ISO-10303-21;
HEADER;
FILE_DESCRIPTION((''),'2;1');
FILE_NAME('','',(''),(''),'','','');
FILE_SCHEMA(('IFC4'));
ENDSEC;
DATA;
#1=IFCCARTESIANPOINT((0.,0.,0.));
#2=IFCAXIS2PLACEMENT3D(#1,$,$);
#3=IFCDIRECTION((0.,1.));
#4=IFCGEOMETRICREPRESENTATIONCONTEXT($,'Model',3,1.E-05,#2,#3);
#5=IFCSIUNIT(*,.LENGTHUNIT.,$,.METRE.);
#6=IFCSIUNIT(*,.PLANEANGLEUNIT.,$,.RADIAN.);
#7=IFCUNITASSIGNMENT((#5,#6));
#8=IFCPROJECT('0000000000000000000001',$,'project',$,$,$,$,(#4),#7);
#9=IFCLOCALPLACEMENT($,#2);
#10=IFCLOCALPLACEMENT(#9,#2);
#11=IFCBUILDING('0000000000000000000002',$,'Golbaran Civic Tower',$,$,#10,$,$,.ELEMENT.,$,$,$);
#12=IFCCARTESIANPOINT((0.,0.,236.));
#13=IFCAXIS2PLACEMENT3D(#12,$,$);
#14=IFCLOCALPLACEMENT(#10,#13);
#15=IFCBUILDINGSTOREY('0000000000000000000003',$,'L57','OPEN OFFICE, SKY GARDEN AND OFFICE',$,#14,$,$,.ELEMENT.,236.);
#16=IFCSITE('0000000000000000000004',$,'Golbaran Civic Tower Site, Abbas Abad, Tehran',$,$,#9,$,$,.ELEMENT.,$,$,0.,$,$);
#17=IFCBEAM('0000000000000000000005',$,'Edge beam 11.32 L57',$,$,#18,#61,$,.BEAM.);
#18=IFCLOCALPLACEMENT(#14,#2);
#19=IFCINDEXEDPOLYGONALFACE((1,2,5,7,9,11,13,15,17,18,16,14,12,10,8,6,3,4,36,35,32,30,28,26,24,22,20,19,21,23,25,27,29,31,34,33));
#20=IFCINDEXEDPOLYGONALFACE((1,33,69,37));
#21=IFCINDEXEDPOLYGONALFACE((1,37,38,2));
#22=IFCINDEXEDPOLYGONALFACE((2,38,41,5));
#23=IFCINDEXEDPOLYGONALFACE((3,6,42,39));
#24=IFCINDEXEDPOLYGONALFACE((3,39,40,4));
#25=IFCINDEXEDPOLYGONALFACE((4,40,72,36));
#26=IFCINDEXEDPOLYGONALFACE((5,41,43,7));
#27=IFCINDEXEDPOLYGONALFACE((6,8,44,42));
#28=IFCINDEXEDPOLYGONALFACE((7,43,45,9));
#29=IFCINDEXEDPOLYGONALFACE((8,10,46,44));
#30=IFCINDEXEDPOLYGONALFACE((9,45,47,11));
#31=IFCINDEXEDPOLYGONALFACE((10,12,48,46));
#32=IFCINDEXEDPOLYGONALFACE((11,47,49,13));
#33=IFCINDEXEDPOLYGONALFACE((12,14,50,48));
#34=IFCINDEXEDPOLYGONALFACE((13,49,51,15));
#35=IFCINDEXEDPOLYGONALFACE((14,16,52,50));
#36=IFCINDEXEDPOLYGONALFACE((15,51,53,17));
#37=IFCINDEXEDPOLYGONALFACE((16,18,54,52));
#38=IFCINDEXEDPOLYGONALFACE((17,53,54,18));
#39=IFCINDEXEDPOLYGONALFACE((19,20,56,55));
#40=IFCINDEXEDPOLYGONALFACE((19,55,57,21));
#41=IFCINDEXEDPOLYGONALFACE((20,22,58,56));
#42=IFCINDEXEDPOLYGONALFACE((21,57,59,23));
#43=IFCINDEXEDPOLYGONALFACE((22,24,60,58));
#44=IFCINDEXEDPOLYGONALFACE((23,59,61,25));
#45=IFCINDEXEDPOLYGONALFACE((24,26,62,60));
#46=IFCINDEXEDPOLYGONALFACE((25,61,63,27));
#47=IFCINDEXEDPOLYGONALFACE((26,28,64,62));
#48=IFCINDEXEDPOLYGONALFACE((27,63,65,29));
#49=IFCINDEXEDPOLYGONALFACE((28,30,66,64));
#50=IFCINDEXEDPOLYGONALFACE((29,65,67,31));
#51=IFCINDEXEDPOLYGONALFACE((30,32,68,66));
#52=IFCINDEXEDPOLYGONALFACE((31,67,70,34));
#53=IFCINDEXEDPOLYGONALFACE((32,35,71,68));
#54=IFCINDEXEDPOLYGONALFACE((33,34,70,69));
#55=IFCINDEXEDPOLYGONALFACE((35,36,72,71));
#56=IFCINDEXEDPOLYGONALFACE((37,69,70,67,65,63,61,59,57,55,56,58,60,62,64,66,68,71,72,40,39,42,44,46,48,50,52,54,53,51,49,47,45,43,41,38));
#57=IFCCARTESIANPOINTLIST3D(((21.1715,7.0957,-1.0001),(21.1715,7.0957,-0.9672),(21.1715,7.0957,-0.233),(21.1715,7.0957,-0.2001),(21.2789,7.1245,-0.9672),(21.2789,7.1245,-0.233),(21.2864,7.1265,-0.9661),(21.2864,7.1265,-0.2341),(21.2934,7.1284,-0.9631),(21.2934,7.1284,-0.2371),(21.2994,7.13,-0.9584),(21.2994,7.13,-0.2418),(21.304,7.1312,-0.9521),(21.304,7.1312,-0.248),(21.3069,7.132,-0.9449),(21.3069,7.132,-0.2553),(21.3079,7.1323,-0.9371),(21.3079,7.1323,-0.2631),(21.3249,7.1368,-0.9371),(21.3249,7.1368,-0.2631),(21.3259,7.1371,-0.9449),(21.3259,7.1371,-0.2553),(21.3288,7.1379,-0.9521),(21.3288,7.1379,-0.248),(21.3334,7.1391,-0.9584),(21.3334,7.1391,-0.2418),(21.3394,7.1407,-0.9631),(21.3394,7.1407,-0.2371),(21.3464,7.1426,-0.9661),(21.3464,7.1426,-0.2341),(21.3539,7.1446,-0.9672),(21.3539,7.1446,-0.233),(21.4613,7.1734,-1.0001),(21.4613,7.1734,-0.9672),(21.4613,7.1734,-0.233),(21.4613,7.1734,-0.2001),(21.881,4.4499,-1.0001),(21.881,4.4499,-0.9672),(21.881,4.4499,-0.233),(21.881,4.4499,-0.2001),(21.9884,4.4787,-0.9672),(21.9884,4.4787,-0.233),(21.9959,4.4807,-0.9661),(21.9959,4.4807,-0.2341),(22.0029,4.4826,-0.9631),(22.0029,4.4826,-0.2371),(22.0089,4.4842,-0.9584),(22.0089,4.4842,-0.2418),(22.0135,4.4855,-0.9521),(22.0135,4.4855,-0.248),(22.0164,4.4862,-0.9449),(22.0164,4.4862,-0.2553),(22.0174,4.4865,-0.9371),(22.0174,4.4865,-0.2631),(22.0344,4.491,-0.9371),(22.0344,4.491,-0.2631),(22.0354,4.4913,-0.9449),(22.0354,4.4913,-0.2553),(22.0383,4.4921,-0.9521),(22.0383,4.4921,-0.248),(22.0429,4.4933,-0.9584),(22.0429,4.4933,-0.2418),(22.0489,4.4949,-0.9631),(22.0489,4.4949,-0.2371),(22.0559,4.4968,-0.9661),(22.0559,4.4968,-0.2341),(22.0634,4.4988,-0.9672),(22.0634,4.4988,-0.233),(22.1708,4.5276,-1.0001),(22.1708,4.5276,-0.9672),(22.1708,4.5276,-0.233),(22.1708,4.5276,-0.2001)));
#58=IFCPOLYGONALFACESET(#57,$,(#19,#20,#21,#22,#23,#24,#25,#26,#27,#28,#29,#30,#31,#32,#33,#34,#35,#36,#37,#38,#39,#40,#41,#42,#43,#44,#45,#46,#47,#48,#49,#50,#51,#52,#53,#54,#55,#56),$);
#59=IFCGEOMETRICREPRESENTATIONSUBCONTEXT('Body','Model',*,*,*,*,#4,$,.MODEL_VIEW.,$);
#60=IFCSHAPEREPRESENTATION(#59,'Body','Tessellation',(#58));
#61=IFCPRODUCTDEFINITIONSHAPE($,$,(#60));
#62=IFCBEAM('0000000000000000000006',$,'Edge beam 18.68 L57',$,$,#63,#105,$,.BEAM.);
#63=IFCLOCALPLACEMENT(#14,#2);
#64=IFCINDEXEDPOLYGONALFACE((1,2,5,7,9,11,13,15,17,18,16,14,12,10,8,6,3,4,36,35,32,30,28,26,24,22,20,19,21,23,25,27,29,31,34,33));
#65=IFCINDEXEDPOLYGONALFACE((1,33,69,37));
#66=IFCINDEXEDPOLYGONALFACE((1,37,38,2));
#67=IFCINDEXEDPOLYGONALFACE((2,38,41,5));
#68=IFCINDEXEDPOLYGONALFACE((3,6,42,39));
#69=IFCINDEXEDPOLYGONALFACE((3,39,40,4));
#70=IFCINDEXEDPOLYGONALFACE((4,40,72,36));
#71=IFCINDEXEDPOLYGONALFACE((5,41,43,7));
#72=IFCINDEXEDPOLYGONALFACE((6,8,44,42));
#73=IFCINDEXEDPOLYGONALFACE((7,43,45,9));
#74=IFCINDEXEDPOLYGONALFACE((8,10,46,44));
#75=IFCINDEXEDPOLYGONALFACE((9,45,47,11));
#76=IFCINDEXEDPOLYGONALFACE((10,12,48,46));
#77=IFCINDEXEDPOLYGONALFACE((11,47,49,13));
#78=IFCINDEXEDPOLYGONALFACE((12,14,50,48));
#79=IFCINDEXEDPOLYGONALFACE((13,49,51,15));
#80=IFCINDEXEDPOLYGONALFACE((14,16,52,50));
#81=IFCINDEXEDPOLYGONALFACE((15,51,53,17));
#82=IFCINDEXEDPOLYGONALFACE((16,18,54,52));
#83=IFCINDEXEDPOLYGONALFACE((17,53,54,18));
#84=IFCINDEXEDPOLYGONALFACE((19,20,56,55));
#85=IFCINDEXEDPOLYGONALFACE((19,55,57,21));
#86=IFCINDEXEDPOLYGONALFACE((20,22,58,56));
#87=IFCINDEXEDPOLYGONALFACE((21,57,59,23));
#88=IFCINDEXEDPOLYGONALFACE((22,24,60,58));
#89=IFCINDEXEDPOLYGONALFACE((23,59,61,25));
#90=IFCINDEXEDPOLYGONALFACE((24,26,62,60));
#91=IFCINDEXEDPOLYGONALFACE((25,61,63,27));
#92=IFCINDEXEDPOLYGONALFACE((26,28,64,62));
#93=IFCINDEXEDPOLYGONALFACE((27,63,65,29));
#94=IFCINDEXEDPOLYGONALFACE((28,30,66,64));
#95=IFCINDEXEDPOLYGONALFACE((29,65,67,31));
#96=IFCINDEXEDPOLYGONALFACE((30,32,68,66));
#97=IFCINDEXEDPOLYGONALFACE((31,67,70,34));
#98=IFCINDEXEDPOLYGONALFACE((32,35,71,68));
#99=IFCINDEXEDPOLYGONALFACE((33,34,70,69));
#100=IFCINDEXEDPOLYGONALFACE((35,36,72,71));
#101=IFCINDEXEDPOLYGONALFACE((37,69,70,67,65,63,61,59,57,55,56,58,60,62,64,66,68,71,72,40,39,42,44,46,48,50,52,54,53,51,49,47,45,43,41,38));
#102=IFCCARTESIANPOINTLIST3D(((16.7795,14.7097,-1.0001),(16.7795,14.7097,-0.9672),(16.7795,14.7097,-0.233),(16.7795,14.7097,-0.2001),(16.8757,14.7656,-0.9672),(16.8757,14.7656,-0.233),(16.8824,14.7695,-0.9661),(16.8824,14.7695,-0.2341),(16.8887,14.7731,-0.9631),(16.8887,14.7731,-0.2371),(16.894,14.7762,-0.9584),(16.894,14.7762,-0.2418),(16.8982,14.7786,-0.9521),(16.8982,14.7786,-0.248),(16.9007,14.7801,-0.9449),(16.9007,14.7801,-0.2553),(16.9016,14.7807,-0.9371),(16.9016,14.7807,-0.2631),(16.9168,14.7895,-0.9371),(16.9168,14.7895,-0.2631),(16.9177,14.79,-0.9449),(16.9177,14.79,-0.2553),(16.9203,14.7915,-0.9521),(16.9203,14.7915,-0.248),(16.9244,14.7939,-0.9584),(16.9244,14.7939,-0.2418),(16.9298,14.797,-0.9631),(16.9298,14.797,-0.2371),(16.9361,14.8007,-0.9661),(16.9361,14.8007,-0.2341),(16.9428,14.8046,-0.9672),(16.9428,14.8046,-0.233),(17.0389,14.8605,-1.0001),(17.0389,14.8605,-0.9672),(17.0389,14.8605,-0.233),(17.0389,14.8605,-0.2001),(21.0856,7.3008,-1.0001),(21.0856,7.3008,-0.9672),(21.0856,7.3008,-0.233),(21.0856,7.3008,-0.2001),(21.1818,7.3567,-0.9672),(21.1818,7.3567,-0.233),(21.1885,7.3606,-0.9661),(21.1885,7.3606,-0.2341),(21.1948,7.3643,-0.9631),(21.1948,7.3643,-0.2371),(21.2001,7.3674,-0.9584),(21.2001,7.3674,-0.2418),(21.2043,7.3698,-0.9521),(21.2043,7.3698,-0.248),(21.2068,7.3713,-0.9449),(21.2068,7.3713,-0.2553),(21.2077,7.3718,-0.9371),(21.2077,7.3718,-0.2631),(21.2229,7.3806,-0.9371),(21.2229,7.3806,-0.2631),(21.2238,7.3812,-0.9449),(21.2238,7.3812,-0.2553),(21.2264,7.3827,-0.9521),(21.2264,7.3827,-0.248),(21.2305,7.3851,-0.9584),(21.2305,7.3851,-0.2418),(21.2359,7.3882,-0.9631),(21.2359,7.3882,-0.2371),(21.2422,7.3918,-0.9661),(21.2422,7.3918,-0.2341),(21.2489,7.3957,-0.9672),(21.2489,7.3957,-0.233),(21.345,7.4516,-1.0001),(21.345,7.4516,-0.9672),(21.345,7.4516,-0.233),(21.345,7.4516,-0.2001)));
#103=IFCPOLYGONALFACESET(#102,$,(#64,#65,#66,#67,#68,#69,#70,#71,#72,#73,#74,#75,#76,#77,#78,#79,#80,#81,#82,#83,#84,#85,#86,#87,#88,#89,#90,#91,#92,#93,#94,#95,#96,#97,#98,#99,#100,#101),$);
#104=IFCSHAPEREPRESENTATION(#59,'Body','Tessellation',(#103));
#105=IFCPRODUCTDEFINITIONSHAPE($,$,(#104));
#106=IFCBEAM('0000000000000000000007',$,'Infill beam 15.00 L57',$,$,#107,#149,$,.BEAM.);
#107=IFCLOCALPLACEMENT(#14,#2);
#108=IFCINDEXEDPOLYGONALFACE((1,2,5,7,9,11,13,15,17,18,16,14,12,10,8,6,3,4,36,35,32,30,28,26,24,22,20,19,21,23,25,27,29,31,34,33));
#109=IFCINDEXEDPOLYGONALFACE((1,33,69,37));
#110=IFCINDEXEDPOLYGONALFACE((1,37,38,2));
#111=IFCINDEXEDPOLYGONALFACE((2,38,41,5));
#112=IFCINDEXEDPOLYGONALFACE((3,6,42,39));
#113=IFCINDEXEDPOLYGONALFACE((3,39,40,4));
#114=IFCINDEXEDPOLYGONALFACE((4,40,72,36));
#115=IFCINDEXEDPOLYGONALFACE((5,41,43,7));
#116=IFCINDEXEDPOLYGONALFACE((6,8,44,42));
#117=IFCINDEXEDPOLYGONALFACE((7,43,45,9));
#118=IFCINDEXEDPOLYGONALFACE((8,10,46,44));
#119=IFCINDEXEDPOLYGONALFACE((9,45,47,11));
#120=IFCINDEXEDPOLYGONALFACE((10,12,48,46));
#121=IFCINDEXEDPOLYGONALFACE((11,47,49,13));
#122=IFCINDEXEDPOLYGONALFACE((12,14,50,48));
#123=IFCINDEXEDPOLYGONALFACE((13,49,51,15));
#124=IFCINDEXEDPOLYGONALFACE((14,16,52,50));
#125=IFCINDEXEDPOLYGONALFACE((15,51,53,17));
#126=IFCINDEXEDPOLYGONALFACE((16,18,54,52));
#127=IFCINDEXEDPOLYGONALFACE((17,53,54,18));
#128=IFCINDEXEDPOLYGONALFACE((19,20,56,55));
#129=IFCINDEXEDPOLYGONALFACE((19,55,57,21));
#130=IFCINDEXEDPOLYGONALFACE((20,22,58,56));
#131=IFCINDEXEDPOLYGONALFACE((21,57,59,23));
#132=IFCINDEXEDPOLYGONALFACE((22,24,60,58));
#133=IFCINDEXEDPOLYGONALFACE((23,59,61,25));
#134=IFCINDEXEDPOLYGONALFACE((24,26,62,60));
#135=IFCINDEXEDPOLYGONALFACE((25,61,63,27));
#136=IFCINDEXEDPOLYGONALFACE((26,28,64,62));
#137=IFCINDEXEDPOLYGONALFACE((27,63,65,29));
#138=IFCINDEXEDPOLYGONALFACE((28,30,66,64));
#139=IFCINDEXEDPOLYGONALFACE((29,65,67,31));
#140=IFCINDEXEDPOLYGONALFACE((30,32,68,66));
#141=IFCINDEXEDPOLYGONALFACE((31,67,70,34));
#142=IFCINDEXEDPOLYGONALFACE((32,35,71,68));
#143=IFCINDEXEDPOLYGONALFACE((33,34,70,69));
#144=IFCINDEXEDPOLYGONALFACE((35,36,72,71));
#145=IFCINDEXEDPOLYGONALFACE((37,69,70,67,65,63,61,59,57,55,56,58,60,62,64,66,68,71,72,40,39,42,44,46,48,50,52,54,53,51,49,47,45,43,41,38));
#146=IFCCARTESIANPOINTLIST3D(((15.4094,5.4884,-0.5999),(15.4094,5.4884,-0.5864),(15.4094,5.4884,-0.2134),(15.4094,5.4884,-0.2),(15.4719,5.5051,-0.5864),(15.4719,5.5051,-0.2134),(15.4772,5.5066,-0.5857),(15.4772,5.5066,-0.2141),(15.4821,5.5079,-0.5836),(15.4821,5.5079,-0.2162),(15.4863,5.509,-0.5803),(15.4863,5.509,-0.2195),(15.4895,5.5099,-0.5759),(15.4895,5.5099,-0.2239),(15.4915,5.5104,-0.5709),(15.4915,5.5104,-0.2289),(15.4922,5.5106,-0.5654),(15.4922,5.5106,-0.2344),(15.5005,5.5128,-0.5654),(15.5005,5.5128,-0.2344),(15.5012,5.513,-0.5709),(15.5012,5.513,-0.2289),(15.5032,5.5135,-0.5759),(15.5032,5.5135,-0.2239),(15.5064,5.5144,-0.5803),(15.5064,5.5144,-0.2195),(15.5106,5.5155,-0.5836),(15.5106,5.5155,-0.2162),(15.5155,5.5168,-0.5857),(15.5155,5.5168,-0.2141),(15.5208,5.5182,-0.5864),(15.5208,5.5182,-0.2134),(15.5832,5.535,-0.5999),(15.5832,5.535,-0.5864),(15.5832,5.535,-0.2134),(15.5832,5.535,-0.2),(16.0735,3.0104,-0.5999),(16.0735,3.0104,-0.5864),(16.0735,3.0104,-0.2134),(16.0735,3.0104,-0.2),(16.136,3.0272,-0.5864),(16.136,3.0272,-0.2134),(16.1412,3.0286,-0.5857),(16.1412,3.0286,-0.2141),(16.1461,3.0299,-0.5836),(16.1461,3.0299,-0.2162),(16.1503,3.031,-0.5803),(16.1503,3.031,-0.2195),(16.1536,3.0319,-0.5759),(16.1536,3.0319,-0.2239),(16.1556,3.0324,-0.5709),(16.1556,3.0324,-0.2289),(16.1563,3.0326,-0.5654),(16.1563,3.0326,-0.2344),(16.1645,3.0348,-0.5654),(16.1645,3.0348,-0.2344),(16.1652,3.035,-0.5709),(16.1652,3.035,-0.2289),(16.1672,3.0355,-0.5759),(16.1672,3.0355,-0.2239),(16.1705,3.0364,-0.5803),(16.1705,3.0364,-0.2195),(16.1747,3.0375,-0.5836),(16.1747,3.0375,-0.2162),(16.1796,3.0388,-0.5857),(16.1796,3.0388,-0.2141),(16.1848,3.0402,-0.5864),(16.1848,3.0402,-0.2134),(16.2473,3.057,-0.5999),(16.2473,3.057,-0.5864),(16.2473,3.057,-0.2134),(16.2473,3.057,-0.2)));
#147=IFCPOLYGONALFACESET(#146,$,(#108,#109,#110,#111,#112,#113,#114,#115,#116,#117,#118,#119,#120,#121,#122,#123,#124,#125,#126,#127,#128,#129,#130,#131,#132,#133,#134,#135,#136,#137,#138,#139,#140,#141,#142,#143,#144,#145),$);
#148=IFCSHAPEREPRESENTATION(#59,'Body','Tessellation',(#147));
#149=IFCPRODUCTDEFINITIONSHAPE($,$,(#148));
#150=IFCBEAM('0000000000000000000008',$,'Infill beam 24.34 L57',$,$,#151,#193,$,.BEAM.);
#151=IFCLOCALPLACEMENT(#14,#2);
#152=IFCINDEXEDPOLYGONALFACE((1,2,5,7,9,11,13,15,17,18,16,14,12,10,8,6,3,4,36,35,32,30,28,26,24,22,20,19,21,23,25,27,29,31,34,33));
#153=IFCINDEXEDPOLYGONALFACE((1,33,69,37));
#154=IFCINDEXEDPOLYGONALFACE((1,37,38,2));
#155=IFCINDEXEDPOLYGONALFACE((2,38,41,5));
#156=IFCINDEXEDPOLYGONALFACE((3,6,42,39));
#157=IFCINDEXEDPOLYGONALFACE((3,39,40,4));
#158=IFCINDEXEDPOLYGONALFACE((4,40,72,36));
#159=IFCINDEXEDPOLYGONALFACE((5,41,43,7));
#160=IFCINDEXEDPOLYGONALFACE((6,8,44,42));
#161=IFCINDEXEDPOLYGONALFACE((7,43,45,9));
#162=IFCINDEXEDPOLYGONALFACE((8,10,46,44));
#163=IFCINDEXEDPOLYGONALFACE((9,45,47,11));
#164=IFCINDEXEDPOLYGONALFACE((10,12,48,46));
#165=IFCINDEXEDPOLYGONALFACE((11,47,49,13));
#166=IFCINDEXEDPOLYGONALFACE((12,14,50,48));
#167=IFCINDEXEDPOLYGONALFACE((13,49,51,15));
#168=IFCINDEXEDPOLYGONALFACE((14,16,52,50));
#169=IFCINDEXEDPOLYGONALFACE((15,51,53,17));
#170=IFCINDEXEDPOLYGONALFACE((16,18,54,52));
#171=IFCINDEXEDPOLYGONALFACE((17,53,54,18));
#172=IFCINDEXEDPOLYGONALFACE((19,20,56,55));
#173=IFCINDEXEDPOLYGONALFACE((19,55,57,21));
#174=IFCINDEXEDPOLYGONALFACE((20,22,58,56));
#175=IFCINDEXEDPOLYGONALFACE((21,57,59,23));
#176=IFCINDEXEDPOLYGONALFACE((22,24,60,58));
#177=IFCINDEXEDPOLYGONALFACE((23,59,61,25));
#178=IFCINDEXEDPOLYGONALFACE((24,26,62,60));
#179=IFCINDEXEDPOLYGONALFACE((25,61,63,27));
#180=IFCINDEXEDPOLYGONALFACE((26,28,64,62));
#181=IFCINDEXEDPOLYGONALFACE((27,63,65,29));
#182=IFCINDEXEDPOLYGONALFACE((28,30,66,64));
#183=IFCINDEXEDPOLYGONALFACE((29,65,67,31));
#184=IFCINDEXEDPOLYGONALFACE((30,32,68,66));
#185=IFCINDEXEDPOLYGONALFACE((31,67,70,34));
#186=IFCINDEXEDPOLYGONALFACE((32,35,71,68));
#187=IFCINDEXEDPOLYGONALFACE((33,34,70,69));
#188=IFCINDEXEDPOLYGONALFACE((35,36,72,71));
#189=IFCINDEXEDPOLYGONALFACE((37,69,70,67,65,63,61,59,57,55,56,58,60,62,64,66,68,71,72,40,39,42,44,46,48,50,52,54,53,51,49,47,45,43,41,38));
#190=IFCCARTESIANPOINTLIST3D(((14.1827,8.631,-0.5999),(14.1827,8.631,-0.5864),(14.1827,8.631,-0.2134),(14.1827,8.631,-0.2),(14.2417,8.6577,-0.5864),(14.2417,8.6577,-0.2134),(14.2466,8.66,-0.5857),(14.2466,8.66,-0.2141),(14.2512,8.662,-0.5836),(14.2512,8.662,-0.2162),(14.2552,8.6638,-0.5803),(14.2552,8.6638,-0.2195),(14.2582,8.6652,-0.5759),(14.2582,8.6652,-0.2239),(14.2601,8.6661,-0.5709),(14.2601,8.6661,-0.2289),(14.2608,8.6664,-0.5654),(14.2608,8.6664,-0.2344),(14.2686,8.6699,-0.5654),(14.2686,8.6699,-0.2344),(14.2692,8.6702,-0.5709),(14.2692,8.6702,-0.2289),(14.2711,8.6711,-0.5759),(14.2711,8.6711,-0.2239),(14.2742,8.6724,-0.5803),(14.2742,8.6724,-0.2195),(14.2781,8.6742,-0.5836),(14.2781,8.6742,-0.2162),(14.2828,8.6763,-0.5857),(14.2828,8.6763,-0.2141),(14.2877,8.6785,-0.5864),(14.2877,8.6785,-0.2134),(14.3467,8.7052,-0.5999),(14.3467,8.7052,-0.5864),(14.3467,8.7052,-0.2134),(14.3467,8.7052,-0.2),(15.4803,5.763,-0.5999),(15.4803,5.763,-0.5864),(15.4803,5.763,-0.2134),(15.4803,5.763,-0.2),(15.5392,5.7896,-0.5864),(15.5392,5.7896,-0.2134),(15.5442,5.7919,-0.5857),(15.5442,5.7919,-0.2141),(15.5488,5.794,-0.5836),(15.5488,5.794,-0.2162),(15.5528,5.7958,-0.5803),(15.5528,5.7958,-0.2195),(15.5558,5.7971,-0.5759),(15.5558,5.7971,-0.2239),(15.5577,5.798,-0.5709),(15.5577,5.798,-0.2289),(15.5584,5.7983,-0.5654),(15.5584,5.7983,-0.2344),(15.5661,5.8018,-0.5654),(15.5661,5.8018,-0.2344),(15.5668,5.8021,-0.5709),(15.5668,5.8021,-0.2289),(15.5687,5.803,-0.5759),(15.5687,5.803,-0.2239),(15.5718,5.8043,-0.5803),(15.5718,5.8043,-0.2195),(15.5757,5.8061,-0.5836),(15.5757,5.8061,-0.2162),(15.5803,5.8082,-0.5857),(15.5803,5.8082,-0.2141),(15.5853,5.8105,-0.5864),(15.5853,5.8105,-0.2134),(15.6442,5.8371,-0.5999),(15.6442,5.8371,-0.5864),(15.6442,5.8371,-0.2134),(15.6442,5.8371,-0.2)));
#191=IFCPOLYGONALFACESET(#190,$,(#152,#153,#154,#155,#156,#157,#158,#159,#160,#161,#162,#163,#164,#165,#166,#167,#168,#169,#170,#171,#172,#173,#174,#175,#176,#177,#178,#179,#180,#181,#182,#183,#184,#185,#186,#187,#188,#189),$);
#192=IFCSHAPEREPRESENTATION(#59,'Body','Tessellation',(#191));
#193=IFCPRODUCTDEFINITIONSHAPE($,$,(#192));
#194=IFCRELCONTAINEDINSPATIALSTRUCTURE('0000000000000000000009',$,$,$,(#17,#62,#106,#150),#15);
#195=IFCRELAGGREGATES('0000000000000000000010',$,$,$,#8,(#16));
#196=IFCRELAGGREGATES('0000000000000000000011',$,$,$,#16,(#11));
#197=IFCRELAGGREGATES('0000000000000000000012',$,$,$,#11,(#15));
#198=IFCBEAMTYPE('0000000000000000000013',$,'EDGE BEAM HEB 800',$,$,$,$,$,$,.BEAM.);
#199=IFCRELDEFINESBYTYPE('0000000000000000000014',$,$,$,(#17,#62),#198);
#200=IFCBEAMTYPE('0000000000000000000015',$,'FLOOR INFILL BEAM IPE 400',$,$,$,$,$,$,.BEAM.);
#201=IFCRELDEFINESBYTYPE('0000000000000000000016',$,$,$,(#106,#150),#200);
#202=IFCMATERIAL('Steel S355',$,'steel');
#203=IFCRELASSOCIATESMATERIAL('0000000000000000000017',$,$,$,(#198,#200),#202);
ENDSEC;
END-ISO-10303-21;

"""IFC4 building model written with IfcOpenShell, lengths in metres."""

from ifc_helpers import new_model, si_unit, direction, frame, origin, origin_2d, place, context, subcontext, project, spatial, i_section, extrude, material, material_profile, profile_set, type_object, element, save


model = new_model("IFC4")

# Units and contexts
model_context = context("Model", 3, precision=1e-05, world=origin(), true_north=direction((0.0, 1.0)))
body_context = subcontext(model_context, "Body", "Model", "MODEL_VIEW")
ifc_project = project(units=[si_unit("LENGTHUNIT", "METRE"), si_unit("PLANEANGLEUNIT", "RADIAN")], contexts=[model_context])

# Site, building, storey
site_placement = place(None, origin())
site = spatial("IfcSite", under=ifc_project, at=site_placement, Name="Golbaran Civic Tower Site, Abbas Abad, Tehran", CompositionType="ELEMENT", RefElevation=0.0)
building_placement = place(site_placement, origin())
building = spatial("IfcBuilding", under=site, at=building_placement, Name="Golbaran Civic Tower", CompositionType="ELEMENT")
storey_placement = place(building_placement, frame((0.0, 0.0, 236.0)))
storey = spatial("IfcBuildingStorey", under=building, at=storey_placement, Name="L57", Description="OPEN OFFICE, SKY GARDEN AND OFFICE", CompositionType="ELEMENT", Elevation=236.0)

# Beams
ifc_material_1 = material(Name="Steel S355", Category="steel")
ifc_material_profile_1 = material_profile(ifc_material_1, i_section(OverallWidth=0.3, OverallDepth=0.8, WebThickness=0.0176, FlangeThickness=0.033, FilletRadius=0.03, at=origin_2d()), Name="HEB 800")
ifc_profile_set_1 = profile_set([ifc_material_profile_1], Name="Steel S355")
beam_type_1 = type_object("IfcBeamType", Name="EDGE BEAM HEB 800", PredefinedType="BEAM", material=ifc_profile_set_1)
beam_1_placement = place(storey_placement, frame((22.0259, 4.4888, -0.6001), z_axis=(-0.259005, 0.965876, 0.0), x_axis=(-0.965876, -0.259005, 0.0)))
element("IfcBeam", 1, at=beam_1_placement, inside=storey, type_object=beam_type_1, Name="Edge beam 11.32 L57", PredefinedType="BEAM", context=body_context, shape_type="SweptSolid", body=[
    extrude(i_section(OverallWidth=0.3, OverallDepth=0.8, WebThickness=0.0176, FlangeThickness=0.033, FilletRadius=0.03, at=origin_2d()), origin(), (0.0, 0.0, 1.0), 2.7393),
])
beam_2_placement = place(storey_placement, frame((21.2153, 7.3762, -0.6001), z_axis=(-0.502501, 0.864577, 0.0), x_axis=(-0.864577, -0.502501, 0.0)))
element("IfcBeam", 2, at=beam_2_placement, inside=storey, type_object=beam_type_1, Name="Edge beam 18.68 L57", PredefinedType="BEAM", context=body_context, shape_type="SweptSolid", body=[
    extrude(i_section(OverallWidth=0.3, OverallDepth=0.8, WebThickness=0.0176, FlangeThickness=0.033, FilletRadius=0.03, at=origin_2d()), origin(), (0.0, 0.0, 1.0), 8.5693),
])
ifc_material_profile_2 = material_profile(ifc_material_1, i_section(OverallWidth=0.1799, OverallDepth=0.3999, WebThickness=0.0085, FlangeThickness=0.0134, FilletRadius=0.021, at=origin_2d()), Name="IPE 400")
ifc_profile_set_2 = profile_set([ifc_material_profile_2], Name="Steel S355")
beam_type_2 = type_object("IfcBeamType", Name="FLOOR INFILL BEAM IPE 400", PredefinedType="BEAM", material=ifc_profile_set_2)
beam_3_placement = place(storey_placement, frame((16.1604, 3.0337, -0.3999), z_axis=(-0.258847, 0.965918, 0.0), x_axis=(-0.965918, -0.258847, 0.0)))
element("IfcBeam", 3, at=beam_3_placement, inside=storey, type_object=beam_type_2, Name="Infill beam 15.00 L57", PredefinedType="BEAM", context=body_context, shape_type="SweptSolid", body=[
    extrude(i_section(OverallWidth=0.1799, OverallDepth=0.3999, WebThickness=0.0085, FlangeThickness=0.0134, FilletRadius=0.021, at=origin_2d()), origin(), (0.0, 0.0, 1.0), 2.5654),
])
beam_4_placement = place(storey_placement, frame((15.5623, 5.8, -0.3999), z_axis=(-0.412195, 0.911095, 0.0), x_axis=(-0.911095, -0.412195, 0.0)))
element("IfcBeam", 4, at=beam_4_placement, inside=storey, type_object=beam_type_2, Name="Infill beam 24.34 L57", PredefinedType="BEAM", context=body_context, shape_type="SweptSolid", body=[
    extrude(i_section(OverallWidth=0.1799, OverallDepth=0.3999, WebThickness=0.0085, FlangeThickness=0.0134, FilletRadius=0.021, at=origin_2d()), origin(), (0.0, 0.0, 1.0), 3.1479),
])

save(model, "model.ifc")
